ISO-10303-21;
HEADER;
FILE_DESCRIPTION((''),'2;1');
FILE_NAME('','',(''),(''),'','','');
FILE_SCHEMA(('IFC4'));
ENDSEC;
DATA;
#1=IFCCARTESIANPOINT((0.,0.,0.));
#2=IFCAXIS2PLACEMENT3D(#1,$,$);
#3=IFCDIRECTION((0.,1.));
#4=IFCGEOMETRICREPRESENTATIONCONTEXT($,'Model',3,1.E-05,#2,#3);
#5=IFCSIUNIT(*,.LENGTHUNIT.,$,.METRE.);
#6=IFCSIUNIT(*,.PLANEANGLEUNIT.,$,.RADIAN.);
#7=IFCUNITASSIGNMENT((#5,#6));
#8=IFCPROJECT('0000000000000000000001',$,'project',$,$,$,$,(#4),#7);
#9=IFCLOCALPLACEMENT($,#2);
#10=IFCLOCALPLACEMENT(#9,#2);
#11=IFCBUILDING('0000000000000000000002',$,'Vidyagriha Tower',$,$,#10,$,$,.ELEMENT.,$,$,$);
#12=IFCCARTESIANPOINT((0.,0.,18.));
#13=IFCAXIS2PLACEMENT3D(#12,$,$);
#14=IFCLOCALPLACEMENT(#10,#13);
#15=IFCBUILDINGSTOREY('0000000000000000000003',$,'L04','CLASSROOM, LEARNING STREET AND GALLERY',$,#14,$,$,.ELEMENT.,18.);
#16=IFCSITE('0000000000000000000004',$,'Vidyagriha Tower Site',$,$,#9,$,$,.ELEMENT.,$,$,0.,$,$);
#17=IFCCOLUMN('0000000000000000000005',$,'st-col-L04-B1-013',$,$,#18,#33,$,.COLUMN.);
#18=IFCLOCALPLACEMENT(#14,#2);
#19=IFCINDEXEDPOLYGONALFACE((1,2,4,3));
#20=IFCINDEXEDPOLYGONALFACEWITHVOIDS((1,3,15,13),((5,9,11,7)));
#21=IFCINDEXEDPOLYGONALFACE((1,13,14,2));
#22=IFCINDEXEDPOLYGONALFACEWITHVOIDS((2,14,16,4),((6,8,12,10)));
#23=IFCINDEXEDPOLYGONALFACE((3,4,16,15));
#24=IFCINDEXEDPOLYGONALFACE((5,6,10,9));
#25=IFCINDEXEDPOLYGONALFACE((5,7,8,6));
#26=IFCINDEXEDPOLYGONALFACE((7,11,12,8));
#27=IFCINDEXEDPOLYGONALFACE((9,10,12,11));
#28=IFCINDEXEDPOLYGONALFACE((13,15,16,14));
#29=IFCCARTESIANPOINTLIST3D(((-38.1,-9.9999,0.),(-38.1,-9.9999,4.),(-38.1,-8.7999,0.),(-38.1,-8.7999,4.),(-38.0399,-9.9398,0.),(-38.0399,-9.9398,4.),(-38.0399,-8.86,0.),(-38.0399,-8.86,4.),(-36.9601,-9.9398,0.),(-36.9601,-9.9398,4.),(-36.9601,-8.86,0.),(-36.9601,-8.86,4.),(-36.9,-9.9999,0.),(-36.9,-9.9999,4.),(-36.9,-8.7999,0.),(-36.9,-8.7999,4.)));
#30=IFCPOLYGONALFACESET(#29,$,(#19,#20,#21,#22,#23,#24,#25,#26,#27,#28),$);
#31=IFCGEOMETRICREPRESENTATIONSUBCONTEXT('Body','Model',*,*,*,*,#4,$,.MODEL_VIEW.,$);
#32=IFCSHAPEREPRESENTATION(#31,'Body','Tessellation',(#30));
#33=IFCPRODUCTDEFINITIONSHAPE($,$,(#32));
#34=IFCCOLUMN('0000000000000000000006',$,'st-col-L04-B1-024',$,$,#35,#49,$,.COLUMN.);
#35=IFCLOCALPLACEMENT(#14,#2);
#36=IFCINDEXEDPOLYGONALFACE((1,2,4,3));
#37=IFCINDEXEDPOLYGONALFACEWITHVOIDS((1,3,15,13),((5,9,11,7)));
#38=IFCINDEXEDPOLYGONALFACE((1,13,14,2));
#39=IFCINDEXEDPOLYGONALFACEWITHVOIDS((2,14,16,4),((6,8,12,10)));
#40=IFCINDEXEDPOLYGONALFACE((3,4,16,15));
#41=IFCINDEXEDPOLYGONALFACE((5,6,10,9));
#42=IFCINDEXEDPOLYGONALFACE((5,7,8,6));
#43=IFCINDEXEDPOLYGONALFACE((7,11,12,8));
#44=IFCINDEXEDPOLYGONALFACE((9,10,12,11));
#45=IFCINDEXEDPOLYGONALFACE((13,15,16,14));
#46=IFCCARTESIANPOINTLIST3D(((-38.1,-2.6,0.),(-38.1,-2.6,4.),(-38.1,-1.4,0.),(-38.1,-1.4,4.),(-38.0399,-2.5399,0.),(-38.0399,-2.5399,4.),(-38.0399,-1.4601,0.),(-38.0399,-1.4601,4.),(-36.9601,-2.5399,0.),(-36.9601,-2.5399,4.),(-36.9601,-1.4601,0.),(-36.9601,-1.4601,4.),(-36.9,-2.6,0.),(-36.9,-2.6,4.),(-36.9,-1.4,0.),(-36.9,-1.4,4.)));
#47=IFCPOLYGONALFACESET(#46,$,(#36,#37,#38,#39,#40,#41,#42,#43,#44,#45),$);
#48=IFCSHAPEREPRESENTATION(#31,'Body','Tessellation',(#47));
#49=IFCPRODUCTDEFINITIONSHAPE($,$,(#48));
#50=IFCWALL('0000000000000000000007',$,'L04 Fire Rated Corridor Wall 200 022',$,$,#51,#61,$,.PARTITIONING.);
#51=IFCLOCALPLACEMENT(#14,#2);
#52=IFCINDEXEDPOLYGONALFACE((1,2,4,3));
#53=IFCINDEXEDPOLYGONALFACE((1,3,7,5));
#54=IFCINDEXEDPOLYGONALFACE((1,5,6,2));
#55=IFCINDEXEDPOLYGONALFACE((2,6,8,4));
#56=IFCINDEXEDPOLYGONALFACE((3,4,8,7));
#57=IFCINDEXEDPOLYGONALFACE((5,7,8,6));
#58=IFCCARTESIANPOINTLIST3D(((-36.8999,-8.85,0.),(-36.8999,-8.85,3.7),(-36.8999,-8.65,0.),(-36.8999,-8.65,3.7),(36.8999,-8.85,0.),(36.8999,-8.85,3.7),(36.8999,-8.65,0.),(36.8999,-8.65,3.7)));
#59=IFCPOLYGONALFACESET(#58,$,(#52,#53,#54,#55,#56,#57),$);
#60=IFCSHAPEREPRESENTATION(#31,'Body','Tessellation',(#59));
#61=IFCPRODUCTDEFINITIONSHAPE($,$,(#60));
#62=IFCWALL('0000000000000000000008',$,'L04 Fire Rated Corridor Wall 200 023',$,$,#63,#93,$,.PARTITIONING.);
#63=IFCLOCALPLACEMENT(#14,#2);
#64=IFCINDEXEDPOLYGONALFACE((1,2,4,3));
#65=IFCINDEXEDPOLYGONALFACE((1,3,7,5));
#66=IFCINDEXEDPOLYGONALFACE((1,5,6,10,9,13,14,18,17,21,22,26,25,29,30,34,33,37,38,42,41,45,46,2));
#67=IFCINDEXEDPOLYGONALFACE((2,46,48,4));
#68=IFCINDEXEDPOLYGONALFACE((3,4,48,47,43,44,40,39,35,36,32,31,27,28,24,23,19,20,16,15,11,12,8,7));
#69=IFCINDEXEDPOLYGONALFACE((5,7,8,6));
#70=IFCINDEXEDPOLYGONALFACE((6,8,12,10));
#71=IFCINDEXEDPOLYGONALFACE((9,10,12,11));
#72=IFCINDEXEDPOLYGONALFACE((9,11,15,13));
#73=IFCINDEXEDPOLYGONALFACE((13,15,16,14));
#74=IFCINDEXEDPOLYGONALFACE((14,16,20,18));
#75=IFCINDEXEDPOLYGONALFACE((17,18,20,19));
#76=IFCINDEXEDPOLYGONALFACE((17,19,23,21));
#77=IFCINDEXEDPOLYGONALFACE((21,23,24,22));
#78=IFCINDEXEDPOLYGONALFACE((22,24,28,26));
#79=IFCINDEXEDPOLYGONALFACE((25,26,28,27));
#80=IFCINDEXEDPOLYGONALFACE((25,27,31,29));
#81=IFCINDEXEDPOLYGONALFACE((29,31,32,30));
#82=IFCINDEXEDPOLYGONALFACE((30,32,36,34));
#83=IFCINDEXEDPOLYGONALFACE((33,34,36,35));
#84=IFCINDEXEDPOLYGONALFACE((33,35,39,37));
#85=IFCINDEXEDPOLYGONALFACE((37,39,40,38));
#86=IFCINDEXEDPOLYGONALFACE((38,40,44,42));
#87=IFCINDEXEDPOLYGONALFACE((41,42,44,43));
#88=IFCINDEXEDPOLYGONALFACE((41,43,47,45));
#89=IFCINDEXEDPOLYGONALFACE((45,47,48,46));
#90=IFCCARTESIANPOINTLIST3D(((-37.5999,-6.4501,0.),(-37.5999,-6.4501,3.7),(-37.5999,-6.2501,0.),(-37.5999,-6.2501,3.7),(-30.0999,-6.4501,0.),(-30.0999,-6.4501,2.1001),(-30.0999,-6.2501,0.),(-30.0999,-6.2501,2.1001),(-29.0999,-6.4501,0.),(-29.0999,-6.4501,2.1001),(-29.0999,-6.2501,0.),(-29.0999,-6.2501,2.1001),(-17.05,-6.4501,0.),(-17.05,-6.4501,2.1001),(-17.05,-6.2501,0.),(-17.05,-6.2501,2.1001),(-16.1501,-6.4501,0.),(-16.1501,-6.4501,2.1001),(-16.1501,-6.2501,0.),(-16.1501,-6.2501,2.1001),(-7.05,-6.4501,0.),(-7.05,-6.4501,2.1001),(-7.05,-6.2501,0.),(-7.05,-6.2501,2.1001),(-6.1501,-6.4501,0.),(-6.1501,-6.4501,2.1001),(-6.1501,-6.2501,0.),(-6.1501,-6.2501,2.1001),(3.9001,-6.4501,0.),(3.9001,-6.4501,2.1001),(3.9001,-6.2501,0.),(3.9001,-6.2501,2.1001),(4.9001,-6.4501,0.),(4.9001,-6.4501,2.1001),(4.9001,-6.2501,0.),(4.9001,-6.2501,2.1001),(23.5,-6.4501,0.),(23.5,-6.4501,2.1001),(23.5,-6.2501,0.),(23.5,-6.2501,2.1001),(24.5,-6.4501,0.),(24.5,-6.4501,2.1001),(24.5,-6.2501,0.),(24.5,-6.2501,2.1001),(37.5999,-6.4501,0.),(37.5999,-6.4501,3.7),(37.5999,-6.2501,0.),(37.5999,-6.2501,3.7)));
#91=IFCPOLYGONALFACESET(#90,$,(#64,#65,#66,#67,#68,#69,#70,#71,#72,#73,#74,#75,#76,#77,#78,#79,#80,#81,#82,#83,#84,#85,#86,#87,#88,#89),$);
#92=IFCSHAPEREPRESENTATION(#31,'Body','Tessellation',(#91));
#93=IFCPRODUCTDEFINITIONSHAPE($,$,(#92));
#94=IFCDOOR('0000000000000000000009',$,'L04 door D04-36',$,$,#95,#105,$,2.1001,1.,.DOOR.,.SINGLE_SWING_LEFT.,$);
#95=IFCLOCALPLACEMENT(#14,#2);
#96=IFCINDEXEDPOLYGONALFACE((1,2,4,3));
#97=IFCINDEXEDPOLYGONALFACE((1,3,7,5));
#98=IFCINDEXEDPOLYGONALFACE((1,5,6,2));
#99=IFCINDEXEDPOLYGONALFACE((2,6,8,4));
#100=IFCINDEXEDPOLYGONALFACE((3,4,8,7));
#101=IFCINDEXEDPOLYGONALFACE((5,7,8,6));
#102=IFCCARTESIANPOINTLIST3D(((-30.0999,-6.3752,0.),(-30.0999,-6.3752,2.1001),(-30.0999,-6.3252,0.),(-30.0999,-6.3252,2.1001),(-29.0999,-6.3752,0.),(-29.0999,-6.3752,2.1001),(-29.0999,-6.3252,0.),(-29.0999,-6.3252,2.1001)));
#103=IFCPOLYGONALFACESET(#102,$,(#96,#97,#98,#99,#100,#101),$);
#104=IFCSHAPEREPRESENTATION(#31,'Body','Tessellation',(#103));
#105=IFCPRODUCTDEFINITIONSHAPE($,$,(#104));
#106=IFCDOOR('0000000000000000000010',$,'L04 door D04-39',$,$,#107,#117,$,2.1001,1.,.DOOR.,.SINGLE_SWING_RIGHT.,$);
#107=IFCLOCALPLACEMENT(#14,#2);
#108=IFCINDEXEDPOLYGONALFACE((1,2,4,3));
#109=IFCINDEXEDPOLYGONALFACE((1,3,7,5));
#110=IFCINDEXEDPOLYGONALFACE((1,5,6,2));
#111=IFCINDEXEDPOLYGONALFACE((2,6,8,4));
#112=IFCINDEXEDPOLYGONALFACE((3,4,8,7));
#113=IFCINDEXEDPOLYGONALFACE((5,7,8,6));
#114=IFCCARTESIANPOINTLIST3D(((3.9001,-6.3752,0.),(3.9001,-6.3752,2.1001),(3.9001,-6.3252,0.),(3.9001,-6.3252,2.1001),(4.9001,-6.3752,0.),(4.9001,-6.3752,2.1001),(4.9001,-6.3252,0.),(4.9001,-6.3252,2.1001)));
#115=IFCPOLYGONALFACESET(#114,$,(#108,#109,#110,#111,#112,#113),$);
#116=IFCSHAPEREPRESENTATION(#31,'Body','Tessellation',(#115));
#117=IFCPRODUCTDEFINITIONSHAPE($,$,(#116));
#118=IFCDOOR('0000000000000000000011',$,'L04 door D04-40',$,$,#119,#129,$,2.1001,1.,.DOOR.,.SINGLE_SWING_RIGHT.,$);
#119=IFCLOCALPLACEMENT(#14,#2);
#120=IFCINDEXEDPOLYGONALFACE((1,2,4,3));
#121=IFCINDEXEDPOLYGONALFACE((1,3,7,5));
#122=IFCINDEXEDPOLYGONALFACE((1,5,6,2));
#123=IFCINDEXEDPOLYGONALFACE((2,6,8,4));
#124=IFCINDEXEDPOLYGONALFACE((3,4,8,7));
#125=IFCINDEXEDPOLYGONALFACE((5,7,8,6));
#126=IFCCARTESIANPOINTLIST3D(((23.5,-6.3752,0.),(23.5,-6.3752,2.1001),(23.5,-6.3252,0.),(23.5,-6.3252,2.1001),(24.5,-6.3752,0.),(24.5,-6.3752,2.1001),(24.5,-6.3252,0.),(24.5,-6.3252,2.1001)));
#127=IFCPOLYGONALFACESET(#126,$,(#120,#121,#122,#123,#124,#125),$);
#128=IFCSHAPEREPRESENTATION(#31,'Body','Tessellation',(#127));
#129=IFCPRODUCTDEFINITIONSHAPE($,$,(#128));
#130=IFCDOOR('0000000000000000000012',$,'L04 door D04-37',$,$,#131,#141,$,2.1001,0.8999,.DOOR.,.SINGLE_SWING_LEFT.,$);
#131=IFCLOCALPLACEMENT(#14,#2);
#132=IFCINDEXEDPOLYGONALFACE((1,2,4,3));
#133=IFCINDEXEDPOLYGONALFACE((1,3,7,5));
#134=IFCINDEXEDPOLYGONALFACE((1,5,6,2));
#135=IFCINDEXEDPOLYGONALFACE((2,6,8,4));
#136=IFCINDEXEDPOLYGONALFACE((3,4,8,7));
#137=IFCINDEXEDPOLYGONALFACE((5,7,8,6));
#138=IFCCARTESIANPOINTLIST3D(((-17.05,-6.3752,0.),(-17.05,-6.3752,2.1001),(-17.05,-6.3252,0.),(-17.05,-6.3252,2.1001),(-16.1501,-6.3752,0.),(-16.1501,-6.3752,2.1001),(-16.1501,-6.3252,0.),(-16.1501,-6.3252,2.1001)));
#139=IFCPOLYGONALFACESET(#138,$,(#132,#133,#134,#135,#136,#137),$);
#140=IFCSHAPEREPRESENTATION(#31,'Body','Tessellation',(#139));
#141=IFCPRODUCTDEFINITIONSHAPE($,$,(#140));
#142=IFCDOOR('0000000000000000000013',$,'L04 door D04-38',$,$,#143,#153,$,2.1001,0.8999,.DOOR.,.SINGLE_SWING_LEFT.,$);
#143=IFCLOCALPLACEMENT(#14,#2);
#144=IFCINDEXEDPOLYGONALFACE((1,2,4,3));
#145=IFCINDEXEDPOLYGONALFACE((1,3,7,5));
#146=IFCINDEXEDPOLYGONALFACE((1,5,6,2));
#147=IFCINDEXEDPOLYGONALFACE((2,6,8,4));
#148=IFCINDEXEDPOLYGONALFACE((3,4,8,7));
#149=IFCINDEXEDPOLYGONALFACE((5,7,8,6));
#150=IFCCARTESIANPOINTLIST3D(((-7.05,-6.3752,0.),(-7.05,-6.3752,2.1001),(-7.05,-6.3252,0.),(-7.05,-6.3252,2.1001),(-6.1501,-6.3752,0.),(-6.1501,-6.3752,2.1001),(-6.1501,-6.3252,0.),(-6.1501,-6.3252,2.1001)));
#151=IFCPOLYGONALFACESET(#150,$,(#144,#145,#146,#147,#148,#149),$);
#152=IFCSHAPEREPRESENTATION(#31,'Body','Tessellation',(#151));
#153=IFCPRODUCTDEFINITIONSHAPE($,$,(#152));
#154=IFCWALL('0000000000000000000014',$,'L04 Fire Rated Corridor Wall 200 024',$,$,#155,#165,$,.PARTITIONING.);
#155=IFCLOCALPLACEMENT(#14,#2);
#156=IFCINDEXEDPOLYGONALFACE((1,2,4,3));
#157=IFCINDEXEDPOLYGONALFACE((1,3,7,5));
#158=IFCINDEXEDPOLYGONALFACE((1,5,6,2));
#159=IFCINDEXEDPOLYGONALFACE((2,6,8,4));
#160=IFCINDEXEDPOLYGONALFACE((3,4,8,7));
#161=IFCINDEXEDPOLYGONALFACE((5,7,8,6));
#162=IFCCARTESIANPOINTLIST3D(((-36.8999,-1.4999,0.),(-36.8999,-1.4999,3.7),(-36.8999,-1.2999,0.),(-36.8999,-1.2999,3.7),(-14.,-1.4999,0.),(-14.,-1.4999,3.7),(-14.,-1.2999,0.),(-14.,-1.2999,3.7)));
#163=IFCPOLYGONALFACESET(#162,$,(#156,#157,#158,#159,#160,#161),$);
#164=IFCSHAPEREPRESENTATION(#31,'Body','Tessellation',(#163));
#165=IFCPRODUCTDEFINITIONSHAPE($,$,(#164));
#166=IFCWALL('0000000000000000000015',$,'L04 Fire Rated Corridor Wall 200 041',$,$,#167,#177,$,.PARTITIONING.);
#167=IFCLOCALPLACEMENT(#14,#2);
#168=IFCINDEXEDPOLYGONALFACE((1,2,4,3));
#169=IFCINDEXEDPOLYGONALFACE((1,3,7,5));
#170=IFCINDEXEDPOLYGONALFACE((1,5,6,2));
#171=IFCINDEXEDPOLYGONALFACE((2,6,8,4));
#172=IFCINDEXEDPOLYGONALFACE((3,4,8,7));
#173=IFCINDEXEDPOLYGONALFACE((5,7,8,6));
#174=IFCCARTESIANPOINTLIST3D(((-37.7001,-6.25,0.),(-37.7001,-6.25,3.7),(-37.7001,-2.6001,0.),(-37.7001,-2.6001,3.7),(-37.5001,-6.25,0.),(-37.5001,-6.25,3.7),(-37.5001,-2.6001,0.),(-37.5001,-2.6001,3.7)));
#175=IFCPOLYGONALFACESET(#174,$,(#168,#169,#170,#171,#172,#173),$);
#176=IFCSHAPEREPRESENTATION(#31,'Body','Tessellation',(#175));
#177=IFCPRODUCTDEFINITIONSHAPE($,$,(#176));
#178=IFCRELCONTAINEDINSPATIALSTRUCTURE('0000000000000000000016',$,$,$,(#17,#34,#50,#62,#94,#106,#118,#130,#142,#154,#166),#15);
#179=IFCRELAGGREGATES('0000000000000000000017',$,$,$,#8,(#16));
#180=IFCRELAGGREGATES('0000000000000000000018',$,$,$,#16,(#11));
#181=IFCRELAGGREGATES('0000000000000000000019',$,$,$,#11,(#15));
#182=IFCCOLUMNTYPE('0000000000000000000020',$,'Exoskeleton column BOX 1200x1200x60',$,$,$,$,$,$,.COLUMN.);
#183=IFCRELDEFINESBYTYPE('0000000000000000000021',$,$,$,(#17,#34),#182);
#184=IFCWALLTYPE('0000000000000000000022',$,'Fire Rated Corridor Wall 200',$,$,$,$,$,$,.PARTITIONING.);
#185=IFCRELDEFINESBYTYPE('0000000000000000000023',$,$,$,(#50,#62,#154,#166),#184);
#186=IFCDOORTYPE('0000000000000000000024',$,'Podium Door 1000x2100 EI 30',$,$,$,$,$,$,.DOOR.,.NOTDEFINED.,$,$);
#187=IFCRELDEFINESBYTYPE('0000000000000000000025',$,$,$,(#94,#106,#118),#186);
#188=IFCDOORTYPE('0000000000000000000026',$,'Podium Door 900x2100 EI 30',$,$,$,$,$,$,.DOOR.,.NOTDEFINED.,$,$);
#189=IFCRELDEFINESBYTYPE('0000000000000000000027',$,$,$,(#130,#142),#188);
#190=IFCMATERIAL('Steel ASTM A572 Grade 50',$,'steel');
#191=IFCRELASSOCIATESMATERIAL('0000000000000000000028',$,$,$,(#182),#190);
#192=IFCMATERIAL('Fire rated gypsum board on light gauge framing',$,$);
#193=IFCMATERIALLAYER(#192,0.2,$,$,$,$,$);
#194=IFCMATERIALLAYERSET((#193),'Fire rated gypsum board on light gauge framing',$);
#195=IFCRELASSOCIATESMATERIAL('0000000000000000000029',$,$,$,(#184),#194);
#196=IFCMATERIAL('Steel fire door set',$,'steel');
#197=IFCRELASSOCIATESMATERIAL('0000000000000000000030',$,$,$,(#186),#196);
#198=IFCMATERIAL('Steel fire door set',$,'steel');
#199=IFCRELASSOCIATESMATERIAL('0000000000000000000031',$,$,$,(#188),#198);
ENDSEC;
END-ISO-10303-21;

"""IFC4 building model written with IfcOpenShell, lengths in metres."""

from ifc_helpers import new_model, si_unit, direction, frame, frame_2d, origin, origin_2d, place, context, subcontext, project, spatial, rectangle, hollow_rectangle, extrude, material, layer, layer_set, material_profile, profile_set, type_object, element, fill, save


model = new_model("IFC4")

# Units and contexts
model_context = context("Model", 3, precision=1e-05, world=origin(), true_north=direction((0.0, 1.0)))
body_context = subcontext(model_context, "Body", "Model", "MODEL_VIEW")
ifc_project = project(units=[si_unit("LENGTHUNIT", "METRE"), si_unit("PLANEANGLEUNIT", "RADIAN")], contexts=[model_context])

# Site, building, storey
site_placement = place(None, origin())
site = spatial("IfcSite", under=ifc_project, at=site_placement, Name="Vidyagriha Tower Site", CompositionType="ELEMENT", RefElevation=0.0)
building_placement = place(site_placement, origin())
building = spatial("IfcBuilding", under=site, at=building_placement, Name="Vidyagriha Tower", CompositionType="ELEMENT")
storey_placement = place(building_placement, frame((0.0, 0.0, 18.0)))
storey = spatial("IfcBuildingStorey", under=building, at=storey_placement, Name="L04", Description="CLASSROOM, LEARNING STREET AND GALLERY", CompositionType="ELEMENT", Elevation=18.0)

# Columns
ifc_material_1 = material(Name="Steel ASTM A572 Grade 50", Category="steel")
ifc_material_profile = material_profile(ifc_material_1, hollow_rectangle(XDim=1.2, YDim=1.2, WallThickness=0.0601, at=origin_2d()), Name="BOX 1200x1200x60")
ifc_profile_set = profile_set([ifc_material_profile], Name="Steel ASTM A572 Grade 50")
column_type = type_object("IfcColumnType", Name="Exoskeleton column BOX 1200x1200x60", PredefinedType="COLUMN", material=ifc_profile_set)
for number, where, name in (
    (1, (-37.5, -9.3999, 0.0), "st-col-L04-B1-013"),
    (2, (-37.5, -2.0, 0.0), "st-col-L04-B1-024"),
):
    element("IfcColumn", number, at=place(storey_placement, frame(where)), inside=storey, type_object=column_type, Name=name, PredefinedType="COLUMN", context=body_context, shape_type="SweptSolid", body=[
        extrude(hollow_rectangle(XDim=1.2, YDim=1.2, WallThickness=0.0601, at=origin_2d()), origin(), (0.0, 0.0, 1.0), 4.0),
    ])

# Wall
ifc_material_2 = material(Name="Fire rated gypsum board on light gauge framing")
ifc_layer_1 = layer(ifc_material_2, 0.2)
ifc_layer_set_1 = layer_set([ifc_layer_1], Name="Fire rated gypsum board on light gauge framing")
wall_type = type_object("IfcWallType", Name="Fire Rated Corridor Wall 200", PredefinedType="PARTITIONING", material=ifc_layer_set_1)
wall_1_placement = place(storey_placement, frame((-36.8999, -8.75, 0.0)))
element("IfcWall", 3, at=wall_1_placement, inside=storey, type_object=wall_type, Name="L04 Fire Rated Corridor Wall 200 022", PredefinedType="PARTITIONING", context=body_context, shape_type="SweptSolid", body=[
    extrude(rectangle(XDim=73.7998, YDim=0.2, at=frame_2d((36.8999, 0.0))), origin(), (0.0, 0.0, 1.0), 3.7),
])

# Wall, openings, doors
wall_2_placement = place(storey_placement, frame((-37.5999, -6.3501, 0.0)))
wall_2 = element("IfcWall", 4, at=wall_2_placement, inside=storey, type_object=wall_type, Name="L04 Fire Rated Corridor Wall 200 023", PredefinedType="PARTITIONING", context=body_context, shape_type="SweptSolid", body=[
    extrude(rectangle(XDim=75.1997, YDim=0.2, at=frame_2d((37.5999, 0.0))), origin(), (0.0, 0.0, 1.0), 3.7),
])
opening_1_placement = place(wall_2_placement, frame((7.5, 0.0, 0.0)))
opening_1 = element("IfcOpeningElement", 5, at=opening_1_placement, cuts=wall_2, PredefinedType="OPENING", context=body_context, shape_type="SweptSolid", body=[
    extrude(rectangle(XDim=1.0, YDim=2.1001, at=frame_2d((0.5, 1.05))), frame((0.0, 0.1099, 0.0), z_axis=(0.0, -1.0, 0.0), x_axis=(1.0, 0.0, 0.0)), (0.0, 0.0, 1.0), 0.22),
])
opening_2_placement = place(wall_2_placement, frame((20.5498, 0.0, 0.0)))
opening_2 = element("IfcOpeningElement", 6, at=opening_2_placement, cuts=wall_2, PredefinedType="OPENING", context=body_context, shape_type="SweptSolid", body=[
    extrude(rectangle(XDim=0.8999, YDim=2.1001, at=frame_2d((0.45, 1.05))), frame((0.0, 0.1099, 0.0), z_axis=(0.0, -1.0, 0.0), x_axis=(1.0, 0.0, 0.0)), (0.0, 0.0, 1.0), 0.22),
])
opening_3_placement = place(wall_2_placement, frame((30.5498, 0.0, 0.0)))
opening_3 = element("IfcOpeningElement", 7, at=opening_3_placement, cuts=wall_2, PredefinedType="OPENING", context=body_context, shape_type="SweptSolid", body=[
    extrude(rectangle(XDim=0.8999, YDim=2.1001, at=frame_2d((0.45, 1.05))), frame((0.0, 0.1099, 0.0), z_axis=(0.0, -1.0, 0.0), x_axis=(1.0, 0.0, 0.0)), (0.0, 0.0, 1.0), 0.22),
])
opening_4_placement = place(wall_2_placement, frame((41.5, 0.0, 0.0)))
opening_4 = element("IfcOpeningElement", 8, at=opening_4_placement, cuts=wall_2, PredefinedType="OPENING", context=body_context, shape_type="SweptSolid", body=[
    extrude(rectangle(XDim=1.0, YDim=2.1001, at=frame_2d((0.5, 1.05))), frame((0.0, 0.1099, 0.0), z_axis=(0.0, -1.0, 0.0), x_axis=(1.0, 0.0, 0.0)), (0.0, 0.0, 1.0), 0.22),
])
opening_5_placement = place(wall_2_placement, frame((61.0999, 0.0, 0.0)))
opening_5 = element("IfcOpeningElement", 9, at=opening_5_placement, cuts=wall_2, PredefinedType="OPENING", context=body_context, shape_type="SweptSolid", body=[
    extrude(rectangle(XDim=1.0, YDim=2.1001, at=frame_2d((0.5, 1.05))), frame((0.0, 0.1099, 0.0), z_axis=(0.0, -1.0, 0.0), x_axis=(1.0, 0.0, 0.0)), (0.0, 0.0, 1.0), 0.22),
])
ifc_material_3 = material(Name="Steel fire door set", Category="steel")
door_type_1 = type_object("IfcDoorType", Name="Podium Door 1000x2100 EI 30", OperationType="NOTDEFINED", PredefinedType="DOOR", material=ifc_material_3)
door_1_placement = place(opening_1_placement, origin())
door_1 = element("IfcDoor", 10, at=door_1_placement, inside=storey, type_object=door_type_1, Name="L04 door D04-36", OperationType="SINGLE_SWING_LEFT", OverallHeight=2.1001, OverallWidth=1.0, PredefinedType="DOOR", context=body_context, shape_type="SweptSolid", body=[
    extrude(rectangle(XDim=1.0, YDim=2.1001, at=frame_2d((0.5, 1.05))), frame((0.0, 0.0249, 0.0), z_axis=(0.0, -1.0, 0.0), x_axis=(1.0, 0.0, 0.0)), (0.0, 0.0, 1.0), 0.05),
])
fill(opening_1, door_1)
door_2_placement = place(opening_4_placement, origin())
door_2 = element("IfcDoor", 11, at=door_2_placement, inside=storey, type_object=door_type_1, Name="L04 door D04-39", OperationType="SINGLE_SWING_RIGHT", OverallHeight=2.1001, OverallWidth=1.0, PredefinedType="DOOR", context=body_context, shape_type="SweptSolid", body=[
    extrude(rectangle(XDim=1.0, YDim=2.1001, at=frame_2d((0.5, 1.05))), frame((0.0, 0.0249, 0.0), z_axis=(0.0, -1.0, 0.0), x_axis=(1.0, 0.0, 0.0)), (0.0, 0.0, 1.0), 0.05),
])
fill(opening_4, door_2)
door_3_placement = place(opening_5_placement, origin())
door_3 = element("IfcDoor", 12, at=door_3_placement, inside=storey, type_object=door_type_1, Name="L04 door D04-40", OperationType="SINGLE_SWING_RIGHT", OverallHeight=2.1001, OverallWidth=1.0, PredefinedType="DOOR", context=body_context, shape_type="SweptSolid", body=[
    extrude(rectangle(XDim=1.0, YDim=2.1001, at=frame_2d((0.5, 1.05))), frame((0.0, 0.0249, 0.0), z_axis=(0.0, -1.0, 0.0), x_axis=(1.0, 0.0, 0.0)), (0.0, 0.0, 1.0), 0.05),
])
fill(opening_5, door_3)
ifc_material_4 = material(Name="Steel fire door set", Category="steel")
door_type_2 = type_object("IfcDoorType", Name="Podium Door 900x2100 EI 30", OperationType="NOTDEFINED", PredefinedType="DOOR", material=ifc_material_4)
door_4_placement = place(opening_2_placement, origin())
door_4 = element("IfcDoor", 13, at=door_4_placement, inside=storey, type_object=door_type_2, Name="L04 door D04-37", OperationType="SINGLE_SWING_LEFT", OverallHeight=2.1001, OverallWidth=0.8999, PredefinedType="DOOR", context=body_context, shape_type="SweptSolid", body=[
    extrude(rectangle(XDim=0.8999, YDim=2.1001, at=frame_2d((0.45, 1.05))), frame((0.0, 0.0249, 0.0), z_axis=(0.0, -1.0, 0.0), x_axis=(1.0, 0.0, 0.0)), (0.0, 0.0, 1.0), 0.05),
])
fill(opening_2, door_4)
door_5_placement = place(opening_3_placement, origin())
door_5 = element("IfcDoor", 14, at=door_5_placement, inside=storey, type_object=door_type_2, Name="L04 door D04-38", OperationType="SINGLE_SWING_LEFT", OverallHeight=2.1001, OverallWidth=0.8999, PredefinedType="DOOR", context=body_context, shape_type="SweptSolid", body=[
    extrude(rectangle(XDim=0.8999, YDim=2.1001, at=frame_2d((0.45, 1.05))), frame((0.0, 0.0249, 0.0), z_axis=(0.0, -1.0, 0.0), x_axis=(1.0, 0.0, 0.0)), (0.0, 0.0, 1.0), 0.05),
])
fill(opening_3, door_5)

# Walls
wall_3_placement = place(storey_placement, frame((-36.8999, -1.3999, 0.0)))
element("IfcWall", 15, at=wall_3_placement, inside=storey, type_object=wall_type, Name="L04 Fire Rated Corridor Wall 200 024", PredefinedType="PARTITIONING", context=body_context, shape_type="SweptSolid", body=[
    extrude(rectangle(XDim=22.8999, YDim=0.2, at=frame_2d((11.45, 0.0))), origin(), (0.0, 0.0, 1.0), 3.7),
])
wall_4_placement = place(storey_placement, frame((-37.6001, -6.25, 0.0), z_axis=(0.0, 0.0, 1.0), x_axis=(0.0, 1.0, 0.0)))
element("IfcWall", 16, at=wall_4_placement, inside=storey, type_object=wall_type, Name="L04 Fire Rated Corridor Wall 200 041", PredefinedType="PARTITIONING", context=body_context, shape_type="SweptSolid", body=[
    extrude(rectangle(XDim=3.6499, YDim=0.2, at=frame_2d((1.825, 0.0))), origin(), (0.0, 0.0, 1.0), 3.7),
])

save(model, "model.ifc")
